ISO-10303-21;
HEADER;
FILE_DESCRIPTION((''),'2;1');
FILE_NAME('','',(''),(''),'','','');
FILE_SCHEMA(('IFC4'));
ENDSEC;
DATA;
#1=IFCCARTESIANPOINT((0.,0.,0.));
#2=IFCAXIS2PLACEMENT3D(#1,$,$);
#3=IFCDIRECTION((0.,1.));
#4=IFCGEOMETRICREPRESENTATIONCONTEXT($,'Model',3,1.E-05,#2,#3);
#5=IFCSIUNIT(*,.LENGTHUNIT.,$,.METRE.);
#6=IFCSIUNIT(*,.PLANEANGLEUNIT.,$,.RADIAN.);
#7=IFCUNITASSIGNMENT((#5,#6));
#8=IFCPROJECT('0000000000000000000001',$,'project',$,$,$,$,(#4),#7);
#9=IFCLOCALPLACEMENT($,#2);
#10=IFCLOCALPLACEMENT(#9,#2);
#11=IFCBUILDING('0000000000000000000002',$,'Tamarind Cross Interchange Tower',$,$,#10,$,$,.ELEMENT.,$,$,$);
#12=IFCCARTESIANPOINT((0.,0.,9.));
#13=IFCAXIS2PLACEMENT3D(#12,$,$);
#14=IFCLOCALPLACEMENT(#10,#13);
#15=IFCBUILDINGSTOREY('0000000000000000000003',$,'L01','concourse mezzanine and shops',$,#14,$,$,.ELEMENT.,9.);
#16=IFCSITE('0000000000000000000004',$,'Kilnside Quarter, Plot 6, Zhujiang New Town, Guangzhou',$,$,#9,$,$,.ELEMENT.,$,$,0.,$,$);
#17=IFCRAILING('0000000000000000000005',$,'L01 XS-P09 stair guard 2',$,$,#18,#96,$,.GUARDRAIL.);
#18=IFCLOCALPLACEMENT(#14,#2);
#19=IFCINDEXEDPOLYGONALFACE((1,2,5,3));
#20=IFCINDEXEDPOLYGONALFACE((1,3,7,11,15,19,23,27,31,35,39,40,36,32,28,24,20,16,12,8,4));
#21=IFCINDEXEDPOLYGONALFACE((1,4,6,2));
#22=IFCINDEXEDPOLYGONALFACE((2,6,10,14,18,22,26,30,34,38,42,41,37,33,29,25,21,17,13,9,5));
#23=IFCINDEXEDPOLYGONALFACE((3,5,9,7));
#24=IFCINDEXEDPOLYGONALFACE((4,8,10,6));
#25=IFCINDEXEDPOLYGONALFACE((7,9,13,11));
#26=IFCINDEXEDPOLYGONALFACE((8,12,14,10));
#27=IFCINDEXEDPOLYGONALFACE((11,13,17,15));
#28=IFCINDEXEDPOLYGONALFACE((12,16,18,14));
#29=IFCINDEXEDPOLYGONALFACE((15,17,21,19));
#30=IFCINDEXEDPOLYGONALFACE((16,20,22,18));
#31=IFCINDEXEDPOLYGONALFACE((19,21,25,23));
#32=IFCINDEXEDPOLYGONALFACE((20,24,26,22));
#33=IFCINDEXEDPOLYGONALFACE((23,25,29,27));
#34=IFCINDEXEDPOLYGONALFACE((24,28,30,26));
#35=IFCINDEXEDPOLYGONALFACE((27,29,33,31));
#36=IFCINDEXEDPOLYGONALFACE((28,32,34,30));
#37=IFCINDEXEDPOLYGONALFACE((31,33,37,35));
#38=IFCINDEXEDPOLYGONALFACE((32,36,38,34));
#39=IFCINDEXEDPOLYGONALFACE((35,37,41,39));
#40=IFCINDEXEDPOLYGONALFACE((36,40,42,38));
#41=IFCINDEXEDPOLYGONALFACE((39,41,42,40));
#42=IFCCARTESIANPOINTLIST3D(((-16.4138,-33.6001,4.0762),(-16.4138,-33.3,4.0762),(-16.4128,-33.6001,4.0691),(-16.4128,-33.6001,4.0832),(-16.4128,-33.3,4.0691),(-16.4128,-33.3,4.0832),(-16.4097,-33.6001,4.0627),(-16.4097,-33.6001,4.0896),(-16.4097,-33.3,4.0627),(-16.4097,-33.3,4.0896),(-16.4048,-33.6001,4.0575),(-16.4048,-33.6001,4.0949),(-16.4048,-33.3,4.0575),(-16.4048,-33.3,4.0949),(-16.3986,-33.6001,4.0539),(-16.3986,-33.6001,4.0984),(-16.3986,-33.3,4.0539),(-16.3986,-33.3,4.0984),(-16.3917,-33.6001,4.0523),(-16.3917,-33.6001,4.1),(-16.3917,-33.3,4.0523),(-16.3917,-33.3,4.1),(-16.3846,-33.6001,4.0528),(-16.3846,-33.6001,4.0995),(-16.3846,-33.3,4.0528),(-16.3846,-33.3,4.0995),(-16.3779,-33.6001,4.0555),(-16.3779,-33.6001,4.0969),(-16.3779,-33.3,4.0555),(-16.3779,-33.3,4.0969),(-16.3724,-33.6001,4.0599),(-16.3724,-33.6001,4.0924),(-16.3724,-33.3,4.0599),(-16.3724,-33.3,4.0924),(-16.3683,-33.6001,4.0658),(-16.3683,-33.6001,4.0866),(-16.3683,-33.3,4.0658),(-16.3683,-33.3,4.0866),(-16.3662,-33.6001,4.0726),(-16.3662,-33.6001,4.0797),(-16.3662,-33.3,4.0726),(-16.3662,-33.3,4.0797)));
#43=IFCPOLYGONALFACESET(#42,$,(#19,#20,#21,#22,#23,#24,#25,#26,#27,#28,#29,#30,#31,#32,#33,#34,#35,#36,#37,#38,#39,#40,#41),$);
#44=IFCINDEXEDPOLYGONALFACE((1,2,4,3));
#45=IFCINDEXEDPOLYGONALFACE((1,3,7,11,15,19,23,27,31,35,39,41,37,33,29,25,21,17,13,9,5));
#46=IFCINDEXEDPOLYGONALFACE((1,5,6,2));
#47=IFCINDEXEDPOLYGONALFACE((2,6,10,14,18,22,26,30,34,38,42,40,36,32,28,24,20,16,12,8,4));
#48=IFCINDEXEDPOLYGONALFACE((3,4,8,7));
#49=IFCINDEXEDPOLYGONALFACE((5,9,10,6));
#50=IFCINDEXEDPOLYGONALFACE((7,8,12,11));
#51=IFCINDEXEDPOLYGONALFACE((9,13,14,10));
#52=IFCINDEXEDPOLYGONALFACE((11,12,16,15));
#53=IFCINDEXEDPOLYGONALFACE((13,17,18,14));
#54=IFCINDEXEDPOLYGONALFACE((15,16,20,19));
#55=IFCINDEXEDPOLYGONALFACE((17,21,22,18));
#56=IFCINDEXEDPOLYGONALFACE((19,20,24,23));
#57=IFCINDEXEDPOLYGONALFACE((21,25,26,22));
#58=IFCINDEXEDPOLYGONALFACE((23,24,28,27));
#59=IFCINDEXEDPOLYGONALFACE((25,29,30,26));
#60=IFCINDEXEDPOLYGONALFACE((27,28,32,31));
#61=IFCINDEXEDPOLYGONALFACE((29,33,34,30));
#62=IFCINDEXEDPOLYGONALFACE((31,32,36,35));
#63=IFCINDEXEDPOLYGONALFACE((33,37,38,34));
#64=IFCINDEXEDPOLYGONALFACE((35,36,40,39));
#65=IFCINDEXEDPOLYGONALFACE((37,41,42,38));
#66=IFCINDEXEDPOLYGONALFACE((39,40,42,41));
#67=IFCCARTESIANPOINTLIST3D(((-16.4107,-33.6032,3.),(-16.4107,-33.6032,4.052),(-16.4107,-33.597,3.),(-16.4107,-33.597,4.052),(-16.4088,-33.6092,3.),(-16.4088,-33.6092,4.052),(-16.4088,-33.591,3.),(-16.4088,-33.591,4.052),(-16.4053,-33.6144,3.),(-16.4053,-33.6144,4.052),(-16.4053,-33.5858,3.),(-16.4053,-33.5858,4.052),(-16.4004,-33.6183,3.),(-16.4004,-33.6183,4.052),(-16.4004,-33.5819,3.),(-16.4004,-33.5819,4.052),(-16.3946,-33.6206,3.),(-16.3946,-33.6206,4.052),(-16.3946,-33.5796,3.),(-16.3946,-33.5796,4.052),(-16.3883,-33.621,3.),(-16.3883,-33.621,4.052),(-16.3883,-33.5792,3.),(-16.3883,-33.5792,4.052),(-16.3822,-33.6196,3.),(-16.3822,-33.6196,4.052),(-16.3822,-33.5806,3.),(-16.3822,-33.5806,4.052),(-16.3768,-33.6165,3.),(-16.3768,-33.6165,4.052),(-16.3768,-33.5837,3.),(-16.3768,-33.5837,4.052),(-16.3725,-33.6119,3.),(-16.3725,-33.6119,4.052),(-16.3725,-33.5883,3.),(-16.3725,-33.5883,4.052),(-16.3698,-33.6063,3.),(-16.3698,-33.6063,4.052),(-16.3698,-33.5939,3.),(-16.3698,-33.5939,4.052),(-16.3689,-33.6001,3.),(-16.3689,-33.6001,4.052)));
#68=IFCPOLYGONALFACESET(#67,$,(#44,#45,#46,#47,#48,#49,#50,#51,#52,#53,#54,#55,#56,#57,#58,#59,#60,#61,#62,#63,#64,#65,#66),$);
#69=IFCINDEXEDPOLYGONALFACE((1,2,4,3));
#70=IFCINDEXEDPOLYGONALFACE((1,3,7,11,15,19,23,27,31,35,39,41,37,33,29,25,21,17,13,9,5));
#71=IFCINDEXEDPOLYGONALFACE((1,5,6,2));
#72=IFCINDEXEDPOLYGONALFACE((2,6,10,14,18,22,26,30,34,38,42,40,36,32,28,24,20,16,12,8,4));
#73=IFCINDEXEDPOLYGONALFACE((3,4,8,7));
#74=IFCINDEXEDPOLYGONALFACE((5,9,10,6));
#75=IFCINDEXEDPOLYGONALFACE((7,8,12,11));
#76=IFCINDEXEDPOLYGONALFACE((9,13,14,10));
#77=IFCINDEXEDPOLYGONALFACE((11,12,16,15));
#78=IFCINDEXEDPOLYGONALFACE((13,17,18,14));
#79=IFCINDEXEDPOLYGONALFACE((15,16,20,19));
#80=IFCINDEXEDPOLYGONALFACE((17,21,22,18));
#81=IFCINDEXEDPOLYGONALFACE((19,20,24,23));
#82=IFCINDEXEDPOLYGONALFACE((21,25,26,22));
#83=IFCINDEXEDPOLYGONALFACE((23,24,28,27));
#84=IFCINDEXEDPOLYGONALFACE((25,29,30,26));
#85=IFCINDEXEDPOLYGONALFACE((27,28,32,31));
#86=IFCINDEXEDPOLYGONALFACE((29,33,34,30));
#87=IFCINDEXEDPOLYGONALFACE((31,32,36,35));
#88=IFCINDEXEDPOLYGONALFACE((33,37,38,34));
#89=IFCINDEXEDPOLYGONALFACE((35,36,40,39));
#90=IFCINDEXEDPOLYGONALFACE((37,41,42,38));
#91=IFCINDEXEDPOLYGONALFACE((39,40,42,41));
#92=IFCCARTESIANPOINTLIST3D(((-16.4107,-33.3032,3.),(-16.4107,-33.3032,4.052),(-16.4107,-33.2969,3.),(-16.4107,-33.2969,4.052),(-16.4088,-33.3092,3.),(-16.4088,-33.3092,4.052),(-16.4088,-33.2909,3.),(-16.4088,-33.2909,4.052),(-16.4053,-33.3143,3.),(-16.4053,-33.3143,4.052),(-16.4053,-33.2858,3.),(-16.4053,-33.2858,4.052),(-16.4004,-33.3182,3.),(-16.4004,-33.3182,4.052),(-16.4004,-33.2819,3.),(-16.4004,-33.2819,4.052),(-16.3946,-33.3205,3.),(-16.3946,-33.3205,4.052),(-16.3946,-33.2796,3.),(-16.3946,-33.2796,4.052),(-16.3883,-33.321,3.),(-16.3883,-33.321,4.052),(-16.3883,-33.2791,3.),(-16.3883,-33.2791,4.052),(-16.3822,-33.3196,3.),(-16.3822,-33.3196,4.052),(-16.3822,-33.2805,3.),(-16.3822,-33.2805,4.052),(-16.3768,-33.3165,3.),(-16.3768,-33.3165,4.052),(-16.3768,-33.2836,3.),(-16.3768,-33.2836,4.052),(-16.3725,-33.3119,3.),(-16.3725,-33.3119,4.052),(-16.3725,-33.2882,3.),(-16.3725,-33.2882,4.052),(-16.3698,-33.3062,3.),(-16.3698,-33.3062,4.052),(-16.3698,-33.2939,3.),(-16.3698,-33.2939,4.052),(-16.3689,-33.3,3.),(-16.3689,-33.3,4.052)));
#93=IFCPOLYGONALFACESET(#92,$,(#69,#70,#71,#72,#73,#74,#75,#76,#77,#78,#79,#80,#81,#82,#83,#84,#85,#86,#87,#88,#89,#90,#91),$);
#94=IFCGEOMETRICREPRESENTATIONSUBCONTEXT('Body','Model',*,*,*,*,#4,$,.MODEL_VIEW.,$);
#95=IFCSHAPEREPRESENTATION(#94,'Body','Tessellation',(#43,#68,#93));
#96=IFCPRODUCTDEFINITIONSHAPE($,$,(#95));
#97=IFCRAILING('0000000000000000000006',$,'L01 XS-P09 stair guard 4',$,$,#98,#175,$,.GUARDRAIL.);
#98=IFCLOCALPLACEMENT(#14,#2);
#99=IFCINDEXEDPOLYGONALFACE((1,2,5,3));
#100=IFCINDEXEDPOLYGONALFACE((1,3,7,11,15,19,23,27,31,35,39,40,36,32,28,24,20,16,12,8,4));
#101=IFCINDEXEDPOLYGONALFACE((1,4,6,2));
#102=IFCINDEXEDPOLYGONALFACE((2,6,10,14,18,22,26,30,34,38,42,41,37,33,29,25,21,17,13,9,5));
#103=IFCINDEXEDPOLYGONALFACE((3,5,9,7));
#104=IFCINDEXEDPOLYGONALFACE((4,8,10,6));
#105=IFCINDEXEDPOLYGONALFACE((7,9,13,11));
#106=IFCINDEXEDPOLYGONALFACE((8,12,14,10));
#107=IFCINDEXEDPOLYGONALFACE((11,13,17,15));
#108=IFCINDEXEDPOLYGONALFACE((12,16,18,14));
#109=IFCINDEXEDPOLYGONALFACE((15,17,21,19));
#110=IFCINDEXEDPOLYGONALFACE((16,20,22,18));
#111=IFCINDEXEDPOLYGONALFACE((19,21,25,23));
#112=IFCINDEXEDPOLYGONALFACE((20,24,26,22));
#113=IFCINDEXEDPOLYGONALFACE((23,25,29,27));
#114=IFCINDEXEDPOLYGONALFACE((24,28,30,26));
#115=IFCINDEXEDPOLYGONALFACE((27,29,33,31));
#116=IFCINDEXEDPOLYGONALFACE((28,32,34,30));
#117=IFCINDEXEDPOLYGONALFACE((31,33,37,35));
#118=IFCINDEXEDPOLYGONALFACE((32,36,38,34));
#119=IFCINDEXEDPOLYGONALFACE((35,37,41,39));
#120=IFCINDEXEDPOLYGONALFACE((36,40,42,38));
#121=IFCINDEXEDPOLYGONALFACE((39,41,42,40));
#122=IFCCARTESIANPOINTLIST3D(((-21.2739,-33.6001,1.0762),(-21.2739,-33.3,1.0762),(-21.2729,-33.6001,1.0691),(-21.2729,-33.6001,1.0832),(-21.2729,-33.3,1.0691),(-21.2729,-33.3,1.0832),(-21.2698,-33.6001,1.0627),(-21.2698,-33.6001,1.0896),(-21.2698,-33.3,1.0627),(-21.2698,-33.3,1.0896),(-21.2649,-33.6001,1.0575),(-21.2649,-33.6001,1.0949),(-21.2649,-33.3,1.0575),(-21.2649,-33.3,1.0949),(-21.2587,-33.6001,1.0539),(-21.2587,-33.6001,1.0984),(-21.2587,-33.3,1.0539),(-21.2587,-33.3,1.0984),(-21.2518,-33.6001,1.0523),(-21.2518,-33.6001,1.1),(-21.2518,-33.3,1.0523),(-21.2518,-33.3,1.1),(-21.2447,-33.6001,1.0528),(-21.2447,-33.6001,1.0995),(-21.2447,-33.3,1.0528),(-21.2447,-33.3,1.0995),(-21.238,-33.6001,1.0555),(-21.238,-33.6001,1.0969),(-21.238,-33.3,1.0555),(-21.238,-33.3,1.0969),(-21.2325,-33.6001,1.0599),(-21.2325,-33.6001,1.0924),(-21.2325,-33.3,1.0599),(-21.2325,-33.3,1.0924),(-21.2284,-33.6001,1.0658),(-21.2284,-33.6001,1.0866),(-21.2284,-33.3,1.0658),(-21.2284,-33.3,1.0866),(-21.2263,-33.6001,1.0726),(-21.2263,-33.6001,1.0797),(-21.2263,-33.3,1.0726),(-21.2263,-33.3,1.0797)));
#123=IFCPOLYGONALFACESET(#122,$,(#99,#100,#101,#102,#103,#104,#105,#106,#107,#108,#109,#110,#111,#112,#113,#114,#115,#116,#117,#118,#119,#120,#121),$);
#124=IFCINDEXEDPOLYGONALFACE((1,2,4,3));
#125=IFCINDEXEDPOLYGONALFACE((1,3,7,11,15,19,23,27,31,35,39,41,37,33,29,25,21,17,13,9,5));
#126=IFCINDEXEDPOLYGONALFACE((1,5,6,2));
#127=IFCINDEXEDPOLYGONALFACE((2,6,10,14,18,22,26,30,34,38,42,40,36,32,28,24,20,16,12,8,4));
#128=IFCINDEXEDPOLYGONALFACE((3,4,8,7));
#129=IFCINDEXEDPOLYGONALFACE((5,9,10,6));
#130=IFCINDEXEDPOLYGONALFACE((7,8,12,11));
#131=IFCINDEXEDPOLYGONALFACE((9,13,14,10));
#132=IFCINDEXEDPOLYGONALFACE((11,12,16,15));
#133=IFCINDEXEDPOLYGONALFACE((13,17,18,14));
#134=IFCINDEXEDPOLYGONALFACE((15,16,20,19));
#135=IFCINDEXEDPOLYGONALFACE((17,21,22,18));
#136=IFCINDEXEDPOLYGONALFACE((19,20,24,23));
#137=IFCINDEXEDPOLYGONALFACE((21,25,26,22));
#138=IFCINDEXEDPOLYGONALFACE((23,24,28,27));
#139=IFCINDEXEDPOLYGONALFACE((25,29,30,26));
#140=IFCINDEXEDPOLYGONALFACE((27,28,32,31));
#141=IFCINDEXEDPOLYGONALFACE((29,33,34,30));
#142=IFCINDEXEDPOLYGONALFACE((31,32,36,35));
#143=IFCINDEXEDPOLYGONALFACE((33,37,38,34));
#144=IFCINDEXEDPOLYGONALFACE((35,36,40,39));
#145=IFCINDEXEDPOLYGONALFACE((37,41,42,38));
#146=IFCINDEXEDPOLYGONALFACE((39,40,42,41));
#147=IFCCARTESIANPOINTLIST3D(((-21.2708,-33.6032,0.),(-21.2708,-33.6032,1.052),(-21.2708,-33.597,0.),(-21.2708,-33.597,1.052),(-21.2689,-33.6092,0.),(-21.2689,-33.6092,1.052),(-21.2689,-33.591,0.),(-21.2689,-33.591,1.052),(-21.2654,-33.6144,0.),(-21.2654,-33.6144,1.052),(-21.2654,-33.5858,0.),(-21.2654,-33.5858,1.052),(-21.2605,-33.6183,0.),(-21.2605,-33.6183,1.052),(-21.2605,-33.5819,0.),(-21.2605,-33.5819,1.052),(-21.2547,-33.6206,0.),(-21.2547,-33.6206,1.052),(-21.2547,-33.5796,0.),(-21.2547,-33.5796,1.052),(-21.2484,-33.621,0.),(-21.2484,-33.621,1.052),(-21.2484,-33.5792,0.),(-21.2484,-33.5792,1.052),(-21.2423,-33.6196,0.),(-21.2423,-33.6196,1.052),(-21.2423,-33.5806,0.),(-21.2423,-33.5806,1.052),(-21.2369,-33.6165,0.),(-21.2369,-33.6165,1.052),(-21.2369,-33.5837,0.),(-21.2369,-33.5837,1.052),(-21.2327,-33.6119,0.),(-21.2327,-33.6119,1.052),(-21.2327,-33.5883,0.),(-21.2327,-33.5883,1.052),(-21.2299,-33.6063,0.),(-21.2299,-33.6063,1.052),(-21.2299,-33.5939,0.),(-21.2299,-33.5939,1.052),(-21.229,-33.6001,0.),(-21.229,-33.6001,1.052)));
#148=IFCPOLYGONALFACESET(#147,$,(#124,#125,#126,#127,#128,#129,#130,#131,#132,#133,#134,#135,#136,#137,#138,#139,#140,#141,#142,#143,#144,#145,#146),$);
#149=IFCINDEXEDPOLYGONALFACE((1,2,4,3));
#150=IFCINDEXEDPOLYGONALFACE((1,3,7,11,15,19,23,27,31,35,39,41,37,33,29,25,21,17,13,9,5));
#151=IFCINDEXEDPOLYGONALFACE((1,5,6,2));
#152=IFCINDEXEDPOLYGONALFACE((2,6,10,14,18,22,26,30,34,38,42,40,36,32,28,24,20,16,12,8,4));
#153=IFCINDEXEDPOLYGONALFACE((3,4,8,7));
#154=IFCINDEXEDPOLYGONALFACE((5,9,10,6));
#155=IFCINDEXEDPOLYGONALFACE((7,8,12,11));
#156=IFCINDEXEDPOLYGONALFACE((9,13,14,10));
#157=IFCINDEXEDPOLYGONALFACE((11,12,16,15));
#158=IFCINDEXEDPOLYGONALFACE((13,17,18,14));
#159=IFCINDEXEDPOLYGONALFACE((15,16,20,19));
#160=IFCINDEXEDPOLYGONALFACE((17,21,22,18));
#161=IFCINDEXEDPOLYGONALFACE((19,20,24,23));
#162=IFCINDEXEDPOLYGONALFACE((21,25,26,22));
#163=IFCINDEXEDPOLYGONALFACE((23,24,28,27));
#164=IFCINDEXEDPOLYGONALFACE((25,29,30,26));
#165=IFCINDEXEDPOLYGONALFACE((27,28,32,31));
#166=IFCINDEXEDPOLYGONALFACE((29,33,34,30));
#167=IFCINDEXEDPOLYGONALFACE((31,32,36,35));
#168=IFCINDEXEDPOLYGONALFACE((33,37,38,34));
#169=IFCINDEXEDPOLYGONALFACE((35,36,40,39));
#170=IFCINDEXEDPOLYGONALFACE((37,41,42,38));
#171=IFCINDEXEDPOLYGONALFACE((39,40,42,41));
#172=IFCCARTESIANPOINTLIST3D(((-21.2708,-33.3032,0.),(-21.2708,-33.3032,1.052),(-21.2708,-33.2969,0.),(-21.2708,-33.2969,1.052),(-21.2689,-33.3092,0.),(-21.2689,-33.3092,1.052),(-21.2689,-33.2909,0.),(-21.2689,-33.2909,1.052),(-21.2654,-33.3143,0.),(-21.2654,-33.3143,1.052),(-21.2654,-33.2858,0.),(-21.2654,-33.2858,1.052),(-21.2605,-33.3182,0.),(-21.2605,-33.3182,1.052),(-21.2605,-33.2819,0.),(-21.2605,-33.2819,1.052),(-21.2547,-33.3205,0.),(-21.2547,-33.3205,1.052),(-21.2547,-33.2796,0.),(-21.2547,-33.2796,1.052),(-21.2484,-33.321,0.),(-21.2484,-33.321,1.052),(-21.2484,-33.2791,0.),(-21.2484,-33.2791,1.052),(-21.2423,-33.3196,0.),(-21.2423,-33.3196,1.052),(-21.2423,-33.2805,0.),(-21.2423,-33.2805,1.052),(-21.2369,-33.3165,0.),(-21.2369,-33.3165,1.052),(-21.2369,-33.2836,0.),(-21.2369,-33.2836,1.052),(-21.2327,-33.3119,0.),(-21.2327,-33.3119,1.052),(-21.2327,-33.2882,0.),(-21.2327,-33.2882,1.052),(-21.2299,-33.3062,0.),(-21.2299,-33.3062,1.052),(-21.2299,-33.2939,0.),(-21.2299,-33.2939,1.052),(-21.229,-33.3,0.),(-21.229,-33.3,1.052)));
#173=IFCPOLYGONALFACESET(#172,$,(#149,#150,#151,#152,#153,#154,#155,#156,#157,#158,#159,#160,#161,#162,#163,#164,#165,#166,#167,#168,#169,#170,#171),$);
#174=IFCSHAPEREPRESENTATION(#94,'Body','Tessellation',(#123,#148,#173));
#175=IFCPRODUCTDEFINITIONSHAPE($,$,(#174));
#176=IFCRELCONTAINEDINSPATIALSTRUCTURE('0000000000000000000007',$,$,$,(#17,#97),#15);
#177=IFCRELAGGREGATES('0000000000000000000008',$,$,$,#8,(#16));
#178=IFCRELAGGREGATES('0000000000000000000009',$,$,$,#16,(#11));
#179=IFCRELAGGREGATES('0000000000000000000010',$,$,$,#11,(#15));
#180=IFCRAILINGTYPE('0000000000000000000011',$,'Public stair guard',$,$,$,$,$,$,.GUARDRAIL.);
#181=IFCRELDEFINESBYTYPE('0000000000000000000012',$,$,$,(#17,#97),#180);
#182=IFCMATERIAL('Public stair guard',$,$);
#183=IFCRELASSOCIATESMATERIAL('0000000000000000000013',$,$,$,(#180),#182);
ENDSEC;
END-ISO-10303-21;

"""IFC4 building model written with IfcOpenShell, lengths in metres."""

from ifc_helpers import new_model, si_unit, direction, frame, origin, origin_2d, place, context, subcontext, project, spatial, circle, extrude, material, type_object, element, save


model = new_model("IFC4")

# Units and contexts
model_context = context("Model", 3, precision=1e-05, world=origin(), true_north=direction((0.0, 1.0)))
body_context = subcontext(model_context, "Body", "Model", "MODEL_VIEW")
ifc_project = project(units=[si_unit("LENGTHUNIT", "METRE"), si_unit("PLANEANGLEUNIT", "RADIAN")], contexts=[model_context])

# Site, building, storey
site_placement = place(None, origin())
site = spatial("IfcSite", under=ifc_project, at=site_placement, Name="Kilnside Quarter, Plot 6, Zhujiang New Town, Guangzhou", CompositionType="ELEMENT", RefElevation=0.0)
building_placement = place(site_placement, origin())
building = spatial("IfcBuilding", under=site, at=building_placement, Name="Tamarind Cross Interchange Tower", CompositionType="ELEMENT")
storey_placement = place(building_placement, frame((0.0, 0.0, 9.0)))
storey = spatial("IfcBuildingStorey", under=building, at=storey_placement, Name="L01", Description="concourse mezzanine and shops", CompositionType="ELEMENT", Elevation=9.0)

# Railings
ifc_material_1 = material(Name="Public stair guard")
railing_type_1 = type_object("IfcRailingType", Name="Public stair guard", PredefinedType="GUARDRAIL", material=ifc_material_1)
for number, where, name in (
    (1, (-16.3899, -33.6001, 3.0), "L01 XS-P09 stair guard 2"),
    (2, (-21.25, -33.6001, 0.0), "L01 XS-P09 stair guard 4"),
):
    element("IfcRailing", number, at=place(storey_placement, frame(where)), inside=storey, type_object=railing_type_1, Name=name, PredefinedType="GUARDRAIL", context=body_context, shape_type="SweptSolid", body=[
        extrude(circle(Radius=0.0239, at=origin_2d()), frame((0.0, 0.0, 1.0762), z_axis=(0.0, 1.0, 0.0), x_axis=(-1.0, 0.0, 0.0)), (0.0, 0.0, 1.0), 0.3),
        extrude(circle(Radius=0.021, at=origin_2d()), origin(), (0.0, 0.0, 1.0), 1.052),
        extrude(circle(Radius=0.021, at=origin_2d()), frame((0.0, 0.3, 0.0)), (0.0, 0.0, 1.0), 1.052),
    ])

save(model, "model.ifc")
